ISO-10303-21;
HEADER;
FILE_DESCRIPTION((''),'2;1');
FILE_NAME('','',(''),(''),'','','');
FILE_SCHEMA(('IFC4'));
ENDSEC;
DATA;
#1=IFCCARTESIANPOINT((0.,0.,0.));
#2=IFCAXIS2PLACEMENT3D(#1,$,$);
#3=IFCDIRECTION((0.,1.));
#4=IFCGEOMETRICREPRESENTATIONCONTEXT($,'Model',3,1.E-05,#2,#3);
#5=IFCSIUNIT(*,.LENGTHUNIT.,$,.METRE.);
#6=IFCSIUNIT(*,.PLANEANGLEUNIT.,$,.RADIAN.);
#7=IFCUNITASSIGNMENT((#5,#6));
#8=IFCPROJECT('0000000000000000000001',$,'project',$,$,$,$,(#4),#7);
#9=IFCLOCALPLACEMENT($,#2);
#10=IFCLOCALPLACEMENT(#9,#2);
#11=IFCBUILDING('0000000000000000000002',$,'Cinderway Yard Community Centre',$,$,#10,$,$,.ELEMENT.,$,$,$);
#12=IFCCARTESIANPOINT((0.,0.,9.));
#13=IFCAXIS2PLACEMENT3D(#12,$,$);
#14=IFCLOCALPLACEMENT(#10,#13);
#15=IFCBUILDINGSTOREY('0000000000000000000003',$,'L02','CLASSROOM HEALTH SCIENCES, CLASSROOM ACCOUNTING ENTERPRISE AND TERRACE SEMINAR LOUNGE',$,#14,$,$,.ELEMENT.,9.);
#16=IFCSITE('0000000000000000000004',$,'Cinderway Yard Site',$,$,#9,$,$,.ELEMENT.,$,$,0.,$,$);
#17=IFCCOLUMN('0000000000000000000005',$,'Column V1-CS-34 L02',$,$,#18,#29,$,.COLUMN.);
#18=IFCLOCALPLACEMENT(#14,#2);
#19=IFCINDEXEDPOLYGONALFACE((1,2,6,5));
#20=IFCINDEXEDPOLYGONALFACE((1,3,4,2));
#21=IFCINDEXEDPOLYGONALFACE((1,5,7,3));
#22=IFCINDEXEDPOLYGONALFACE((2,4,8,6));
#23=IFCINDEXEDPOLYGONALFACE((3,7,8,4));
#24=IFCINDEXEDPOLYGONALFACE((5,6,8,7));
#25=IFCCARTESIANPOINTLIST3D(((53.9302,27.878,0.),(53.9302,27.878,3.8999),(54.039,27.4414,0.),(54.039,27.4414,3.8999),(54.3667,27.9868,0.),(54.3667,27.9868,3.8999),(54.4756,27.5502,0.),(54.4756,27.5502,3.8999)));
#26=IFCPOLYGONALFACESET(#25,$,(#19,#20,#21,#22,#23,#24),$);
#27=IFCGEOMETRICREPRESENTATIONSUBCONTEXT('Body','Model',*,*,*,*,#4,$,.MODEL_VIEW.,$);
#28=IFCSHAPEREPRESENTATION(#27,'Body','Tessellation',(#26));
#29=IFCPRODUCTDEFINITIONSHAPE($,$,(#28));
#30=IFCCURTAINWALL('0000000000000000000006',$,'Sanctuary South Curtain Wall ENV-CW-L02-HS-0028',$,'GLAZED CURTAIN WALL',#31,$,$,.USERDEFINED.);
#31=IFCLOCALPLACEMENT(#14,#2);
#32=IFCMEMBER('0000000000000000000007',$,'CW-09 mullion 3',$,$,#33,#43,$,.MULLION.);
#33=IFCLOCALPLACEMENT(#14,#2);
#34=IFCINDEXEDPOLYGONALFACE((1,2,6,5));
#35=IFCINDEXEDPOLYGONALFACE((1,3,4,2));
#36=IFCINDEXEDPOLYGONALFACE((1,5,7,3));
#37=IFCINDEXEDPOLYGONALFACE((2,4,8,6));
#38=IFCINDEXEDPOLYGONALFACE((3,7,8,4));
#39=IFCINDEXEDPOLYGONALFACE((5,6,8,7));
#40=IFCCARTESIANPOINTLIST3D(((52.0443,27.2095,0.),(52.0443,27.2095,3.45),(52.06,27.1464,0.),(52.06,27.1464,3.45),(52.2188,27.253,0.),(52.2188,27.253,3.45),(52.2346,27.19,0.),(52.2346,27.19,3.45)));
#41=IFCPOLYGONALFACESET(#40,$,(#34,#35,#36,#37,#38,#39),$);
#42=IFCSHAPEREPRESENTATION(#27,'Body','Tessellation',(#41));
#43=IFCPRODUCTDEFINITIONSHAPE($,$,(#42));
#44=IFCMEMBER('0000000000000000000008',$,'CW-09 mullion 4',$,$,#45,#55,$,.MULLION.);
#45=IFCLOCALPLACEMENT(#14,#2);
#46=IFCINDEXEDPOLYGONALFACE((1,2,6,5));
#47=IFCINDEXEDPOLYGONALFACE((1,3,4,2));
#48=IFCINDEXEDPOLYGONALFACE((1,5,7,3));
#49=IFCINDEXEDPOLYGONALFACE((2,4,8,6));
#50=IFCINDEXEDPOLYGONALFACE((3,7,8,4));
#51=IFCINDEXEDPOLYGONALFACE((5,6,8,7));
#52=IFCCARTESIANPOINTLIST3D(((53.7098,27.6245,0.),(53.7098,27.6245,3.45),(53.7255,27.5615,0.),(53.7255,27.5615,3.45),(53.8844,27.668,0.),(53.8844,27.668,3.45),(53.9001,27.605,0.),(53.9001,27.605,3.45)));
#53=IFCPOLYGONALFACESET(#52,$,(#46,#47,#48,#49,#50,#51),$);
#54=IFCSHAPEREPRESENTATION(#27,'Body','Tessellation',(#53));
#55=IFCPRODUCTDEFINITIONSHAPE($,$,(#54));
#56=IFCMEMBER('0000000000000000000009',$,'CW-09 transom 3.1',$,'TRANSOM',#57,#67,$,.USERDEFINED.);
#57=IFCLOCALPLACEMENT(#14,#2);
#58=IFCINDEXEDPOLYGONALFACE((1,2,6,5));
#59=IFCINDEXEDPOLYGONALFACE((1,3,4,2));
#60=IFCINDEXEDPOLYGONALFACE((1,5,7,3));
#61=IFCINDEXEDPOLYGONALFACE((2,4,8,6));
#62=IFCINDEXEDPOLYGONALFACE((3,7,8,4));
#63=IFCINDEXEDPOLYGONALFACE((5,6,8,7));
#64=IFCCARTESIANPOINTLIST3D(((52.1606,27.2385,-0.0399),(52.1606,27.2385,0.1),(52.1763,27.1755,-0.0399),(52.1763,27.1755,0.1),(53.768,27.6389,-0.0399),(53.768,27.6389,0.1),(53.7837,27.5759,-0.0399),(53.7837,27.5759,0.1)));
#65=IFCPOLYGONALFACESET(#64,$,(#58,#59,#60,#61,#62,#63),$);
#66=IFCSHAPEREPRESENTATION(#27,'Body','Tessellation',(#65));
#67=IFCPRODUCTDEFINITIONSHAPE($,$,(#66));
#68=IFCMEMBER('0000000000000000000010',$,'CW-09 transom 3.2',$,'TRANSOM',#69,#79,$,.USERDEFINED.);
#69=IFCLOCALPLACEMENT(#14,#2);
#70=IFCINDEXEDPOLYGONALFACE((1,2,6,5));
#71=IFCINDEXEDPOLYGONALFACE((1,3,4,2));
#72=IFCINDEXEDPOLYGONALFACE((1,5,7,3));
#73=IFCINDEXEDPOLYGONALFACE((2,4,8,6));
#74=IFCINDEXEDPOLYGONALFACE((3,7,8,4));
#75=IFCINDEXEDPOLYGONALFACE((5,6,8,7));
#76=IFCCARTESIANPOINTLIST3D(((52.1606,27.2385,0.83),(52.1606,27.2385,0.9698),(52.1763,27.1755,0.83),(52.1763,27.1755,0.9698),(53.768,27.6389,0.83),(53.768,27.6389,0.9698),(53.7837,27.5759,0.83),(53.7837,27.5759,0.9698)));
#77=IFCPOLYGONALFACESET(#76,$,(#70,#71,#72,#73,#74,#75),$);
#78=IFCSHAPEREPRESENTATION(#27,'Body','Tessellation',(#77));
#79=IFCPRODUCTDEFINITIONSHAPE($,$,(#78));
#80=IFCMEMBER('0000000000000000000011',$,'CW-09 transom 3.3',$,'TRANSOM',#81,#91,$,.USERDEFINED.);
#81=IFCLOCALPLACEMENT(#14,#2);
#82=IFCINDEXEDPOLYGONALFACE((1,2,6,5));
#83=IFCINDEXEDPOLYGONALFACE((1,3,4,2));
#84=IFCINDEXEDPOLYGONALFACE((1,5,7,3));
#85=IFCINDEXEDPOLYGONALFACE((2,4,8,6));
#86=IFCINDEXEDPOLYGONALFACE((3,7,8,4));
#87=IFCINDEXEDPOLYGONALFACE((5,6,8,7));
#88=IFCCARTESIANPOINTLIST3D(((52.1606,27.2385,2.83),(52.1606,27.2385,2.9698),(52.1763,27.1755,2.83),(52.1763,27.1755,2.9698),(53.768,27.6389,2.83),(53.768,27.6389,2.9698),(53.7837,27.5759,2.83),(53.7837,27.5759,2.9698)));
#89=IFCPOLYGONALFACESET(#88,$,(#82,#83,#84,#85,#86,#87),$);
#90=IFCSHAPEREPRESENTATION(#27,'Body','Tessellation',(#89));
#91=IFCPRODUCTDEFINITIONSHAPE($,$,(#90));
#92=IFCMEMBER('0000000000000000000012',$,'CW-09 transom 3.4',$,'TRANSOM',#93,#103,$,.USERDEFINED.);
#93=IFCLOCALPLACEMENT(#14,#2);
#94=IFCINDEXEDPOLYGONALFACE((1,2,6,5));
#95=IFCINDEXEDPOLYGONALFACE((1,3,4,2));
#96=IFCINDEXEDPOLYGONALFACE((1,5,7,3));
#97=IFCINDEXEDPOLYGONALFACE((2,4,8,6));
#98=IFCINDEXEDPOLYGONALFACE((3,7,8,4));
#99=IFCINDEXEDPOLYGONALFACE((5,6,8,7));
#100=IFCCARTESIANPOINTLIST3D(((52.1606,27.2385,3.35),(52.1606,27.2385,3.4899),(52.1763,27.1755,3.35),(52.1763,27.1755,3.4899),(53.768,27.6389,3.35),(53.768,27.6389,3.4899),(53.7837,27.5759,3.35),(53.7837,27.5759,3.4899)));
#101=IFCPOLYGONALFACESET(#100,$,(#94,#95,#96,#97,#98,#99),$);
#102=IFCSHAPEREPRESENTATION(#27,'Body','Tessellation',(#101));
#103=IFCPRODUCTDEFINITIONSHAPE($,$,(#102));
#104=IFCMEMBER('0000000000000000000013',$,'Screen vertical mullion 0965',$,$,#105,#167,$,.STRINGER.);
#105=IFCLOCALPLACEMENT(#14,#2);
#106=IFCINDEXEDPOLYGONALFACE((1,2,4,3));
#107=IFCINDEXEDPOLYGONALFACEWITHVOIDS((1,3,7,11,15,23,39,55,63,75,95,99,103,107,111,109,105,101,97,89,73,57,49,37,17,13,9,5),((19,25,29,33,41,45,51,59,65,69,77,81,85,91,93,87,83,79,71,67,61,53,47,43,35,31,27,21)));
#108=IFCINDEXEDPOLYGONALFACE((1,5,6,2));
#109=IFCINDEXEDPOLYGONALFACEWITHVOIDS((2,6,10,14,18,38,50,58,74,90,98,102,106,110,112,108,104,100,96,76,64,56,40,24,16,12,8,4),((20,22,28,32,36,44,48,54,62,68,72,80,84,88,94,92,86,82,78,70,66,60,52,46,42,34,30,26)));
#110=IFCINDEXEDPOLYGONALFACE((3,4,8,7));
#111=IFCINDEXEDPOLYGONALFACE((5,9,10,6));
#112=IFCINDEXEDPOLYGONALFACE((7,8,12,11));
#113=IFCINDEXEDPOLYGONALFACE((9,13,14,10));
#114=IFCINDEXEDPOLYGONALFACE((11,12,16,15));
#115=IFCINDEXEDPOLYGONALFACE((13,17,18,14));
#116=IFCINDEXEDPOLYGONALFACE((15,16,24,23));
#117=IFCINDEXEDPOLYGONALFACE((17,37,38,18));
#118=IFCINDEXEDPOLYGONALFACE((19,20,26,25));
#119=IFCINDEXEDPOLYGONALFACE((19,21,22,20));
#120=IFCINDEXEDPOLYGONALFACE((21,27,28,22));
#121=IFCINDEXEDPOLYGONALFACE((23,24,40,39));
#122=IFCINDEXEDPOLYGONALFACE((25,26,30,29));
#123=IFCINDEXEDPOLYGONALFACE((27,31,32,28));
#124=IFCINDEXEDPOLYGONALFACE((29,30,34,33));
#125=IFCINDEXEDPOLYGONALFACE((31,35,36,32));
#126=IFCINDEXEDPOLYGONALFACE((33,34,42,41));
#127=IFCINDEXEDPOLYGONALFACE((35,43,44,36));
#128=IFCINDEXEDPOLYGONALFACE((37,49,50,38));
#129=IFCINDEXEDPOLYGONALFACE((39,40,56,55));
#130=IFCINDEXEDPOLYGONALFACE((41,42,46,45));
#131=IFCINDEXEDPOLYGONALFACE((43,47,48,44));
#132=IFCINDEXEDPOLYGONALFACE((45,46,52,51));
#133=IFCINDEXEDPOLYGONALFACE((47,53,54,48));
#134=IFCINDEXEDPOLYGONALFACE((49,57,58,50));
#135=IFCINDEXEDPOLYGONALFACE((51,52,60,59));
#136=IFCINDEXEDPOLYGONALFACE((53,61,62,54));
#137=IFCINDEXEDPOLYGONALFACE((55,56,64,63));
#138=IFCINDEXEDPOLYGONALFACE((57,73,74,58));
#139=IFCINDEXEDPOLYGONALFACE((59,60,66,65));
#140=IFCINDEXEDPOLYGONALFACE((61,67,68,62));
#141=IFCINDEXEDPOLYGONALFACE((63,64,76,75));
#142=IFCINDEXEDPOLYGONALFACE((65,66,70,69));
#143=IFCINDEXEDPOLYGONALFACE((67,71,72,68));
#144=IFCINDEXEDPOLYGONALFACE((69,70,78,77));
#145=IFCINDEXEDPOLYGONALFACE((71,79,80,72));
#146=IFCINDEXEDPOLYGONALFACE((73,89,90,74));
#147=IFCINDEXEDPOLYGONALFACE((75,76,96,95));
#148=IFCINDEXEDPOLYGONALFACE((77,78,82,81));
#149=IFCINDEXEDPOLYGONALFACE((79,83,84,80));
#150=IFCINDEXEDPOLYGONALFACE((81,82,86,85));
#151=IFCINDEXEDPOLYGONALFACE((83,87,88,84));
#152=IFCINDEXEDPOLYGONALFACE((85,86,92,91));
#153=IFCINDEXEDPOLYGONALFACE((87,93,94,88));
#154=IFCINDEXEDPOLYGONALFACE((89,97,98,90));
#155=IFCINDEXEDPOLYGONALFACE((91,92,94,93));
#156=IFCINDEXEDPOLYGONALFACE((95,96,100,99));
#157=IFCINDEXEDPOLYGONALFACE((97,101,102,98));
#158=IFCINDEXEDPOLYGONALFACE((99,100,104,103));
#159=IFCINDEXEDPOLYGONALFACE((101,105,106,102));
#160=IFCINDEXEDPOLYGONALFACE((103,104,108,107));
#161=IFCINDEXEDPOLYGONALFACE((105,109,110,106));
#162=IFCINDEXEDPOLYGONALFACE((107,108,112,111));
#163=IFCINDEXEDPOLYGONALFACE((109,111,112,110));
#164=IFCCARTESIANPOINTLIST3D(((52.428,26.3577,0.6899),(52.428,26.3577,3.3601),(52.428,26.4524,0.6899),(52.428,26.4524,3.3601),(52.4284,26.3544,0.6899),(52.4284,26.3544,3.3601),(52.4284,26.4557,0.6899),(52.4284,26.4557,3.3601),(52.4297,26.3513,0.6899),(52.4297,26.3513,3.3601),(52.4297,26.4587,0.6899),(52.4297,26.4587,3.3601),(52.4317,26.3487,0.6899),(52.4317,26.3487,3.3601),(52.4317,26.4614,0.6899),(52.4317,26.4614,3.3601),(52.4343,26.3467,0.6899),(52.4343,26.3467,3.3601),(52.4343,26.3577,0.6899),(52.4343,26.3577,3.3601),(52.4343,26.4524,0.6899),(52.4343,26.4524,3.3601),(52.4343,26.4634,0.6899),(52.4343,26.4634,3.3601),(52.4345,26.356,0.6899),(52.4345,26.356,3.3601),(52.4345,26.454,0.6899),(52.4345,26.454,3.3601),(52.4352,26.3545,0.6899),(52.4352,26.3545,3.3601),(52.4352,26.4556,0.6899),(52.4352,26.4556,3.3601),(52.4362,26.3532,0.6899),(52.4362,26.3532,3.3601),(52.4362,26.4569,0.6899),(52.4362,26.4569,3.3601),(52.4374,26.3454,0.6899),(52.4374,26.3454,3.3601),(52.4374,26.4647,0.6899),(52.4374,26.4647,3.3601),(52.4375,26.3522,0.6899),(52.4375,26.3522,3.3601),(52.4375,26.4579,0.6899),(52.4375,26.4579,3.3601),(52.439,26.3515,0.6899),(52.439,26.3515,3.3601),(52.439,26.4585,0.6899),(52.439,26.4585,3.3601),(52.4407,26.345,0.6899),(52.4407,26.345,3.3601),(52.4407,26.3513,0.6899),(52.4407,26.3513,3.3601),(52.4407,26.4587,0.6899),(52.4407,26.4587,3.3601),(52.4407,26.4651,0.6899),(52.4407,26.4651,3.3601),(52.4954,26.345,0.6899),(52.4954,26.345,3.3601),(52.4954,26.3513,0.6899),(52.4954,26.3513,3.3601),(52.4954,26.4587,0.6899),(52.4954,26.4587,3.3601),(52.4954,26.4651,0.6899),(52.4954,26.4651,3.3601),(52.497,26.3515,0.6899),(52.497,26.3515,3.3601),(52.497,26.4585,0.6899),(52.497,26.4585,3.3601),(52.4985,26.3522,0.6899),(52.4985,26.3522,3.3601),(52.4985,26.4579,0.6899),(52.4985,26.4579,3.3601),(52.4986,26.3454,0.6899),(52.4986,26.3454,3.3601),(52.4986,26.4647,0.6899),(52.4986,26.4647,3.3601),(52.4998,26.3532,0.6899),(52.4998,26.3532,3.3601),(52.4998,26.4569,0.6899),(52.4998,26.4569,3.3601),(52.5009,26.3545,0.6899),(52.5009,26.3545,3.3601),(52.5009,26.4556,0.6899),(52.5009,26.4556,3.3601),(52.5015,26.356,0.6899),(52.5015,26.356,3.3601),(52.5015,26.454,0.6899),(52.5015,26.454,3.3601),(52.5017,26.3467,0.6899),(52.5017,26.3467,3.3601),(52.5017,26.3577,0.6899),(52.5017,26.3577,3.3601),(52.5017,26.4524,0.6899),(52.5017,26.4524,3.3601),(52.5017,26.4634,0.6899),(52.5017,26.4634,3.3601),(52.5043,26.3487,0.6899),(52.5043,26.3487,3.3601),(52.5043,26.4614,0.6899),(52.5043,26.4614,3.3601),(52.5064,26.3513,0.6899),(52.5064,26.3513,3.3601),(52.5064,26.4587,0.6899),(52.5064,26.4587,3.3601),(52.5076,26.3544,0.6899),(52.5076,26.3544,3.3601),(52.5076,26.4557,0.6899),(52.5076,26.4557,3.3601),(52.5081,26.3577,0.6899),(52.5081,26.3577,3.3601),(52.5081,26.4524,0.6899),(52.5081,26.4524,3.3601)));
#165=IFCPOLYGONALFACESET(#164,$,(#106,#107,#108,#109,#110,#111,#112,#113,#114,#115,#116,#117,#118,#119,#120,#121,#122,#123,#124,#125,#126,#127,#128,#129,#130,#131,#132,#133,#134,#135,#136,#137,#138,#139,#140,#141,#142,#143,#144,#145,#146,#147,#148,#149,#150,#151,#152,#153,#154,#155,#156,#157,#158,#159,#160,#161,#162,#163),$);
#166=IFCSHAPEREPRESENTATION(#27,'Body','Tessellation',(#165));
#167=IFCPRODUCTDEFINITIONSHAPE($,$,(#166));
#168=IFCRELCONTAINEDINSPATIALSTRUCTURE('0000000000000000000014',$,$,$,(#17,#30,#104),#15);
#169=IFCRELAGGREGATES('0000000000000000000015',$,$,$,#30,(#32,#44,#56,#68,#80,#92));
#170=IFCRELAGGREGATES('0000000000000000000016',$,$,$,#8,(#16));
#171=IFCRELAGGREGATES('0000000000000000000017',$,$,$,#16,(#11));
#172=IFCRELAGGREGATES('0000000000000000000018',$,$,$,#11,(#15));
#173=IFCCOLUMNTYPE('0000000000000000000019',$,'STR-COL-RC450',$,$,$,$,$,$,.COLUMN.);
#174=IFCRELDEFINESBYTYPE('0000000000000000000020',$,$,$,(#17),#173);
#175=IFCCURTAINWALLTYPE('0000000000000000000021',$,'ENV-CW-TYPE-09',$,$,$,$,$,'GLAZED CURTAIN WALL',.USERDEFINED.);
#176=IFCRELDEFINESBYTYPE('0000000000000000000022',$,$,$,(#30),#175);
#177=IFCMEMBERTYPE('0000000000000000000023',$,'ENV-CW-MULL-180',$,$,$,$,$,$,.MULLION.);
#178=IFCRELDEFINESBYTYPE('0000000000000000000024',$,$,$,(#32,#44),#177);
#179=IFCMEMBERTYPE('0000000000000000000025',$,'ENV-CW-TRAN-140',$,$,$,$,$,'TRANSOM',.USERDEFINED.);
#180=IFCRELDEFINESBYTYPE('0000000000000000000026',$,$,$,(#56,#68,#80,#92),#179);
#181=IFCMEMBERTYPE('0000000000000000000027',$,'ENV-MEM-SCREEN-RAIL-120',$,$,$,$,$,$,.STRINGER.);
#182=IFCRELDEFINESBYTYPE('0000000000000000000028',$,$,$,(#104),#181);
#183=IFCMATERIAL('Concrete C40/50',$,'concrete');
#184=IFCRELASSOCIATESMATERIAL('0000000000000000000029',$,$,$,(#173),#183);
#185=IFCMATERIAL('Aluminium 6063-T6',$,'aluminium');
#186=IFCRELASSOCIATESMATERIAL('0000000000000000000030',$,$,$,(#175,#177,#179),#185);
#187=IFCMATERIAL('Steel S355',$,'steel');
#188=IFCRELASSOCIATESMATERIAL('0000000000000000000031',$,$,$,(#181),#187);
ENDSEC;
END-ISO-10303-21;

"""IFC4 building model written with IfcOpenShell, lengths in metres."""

from ifc_helpers import new_model, si_unit, direction, frame, origin, origin_2d, place, context, subcontext, project, spatial, rectangle, hollow_rectangle, extrude, material, material_profile, profile_set, type_object, element, aggregate, save


model = new_model("IFC4")

# Units and contexts
model_context = context("Model", 3, precision=1e-05, world=origin(), true_north=direction((0.0, 1.0)))
body_context = subcontext(model_context, "Body", "Model", "MODEL_VIEW")
ifc_project = project(units=[si_unit("LENGTHUNIT", "METRE"), si_unit("PLANEANGLEUNIT", "RADIAN")], contexts=[model_context])

# Site, building, storey
site_placement = place(None, origin())
site = spatial("IfcSite", under=ifc_project, at=site_placement, Name="Cinderway Yard Site", CompositionType="ELEMENT", RefElevation=0.0)
building_placement = place(site_placement, origin())
building = spatial("IfcBuilding", under=site, at=building_placement, Name="Cinderway Yard Community Centre", CompositionType="ELEMENT")
storey_placement = place(building_placement, frame((0.0, 0.0, 9.0)))
storey = spatial("IfcBuildingStorey", under=building, at=storey_placement, Name="L02", Description="CLASSROOM HEALTH SCIENCES, CLASSROOM ACCOUNTING ENTERPRISE AND TERRACE SEMINAR LOUNGE", CompositionType="ELEMENT", Elevation=9.0)

# Column
ifc_material_1 = material(Name="Concrete C40/50", Category="concrete")
ifc_material_profile_1 = material_profile(ifc_material_1, rectangle(XDim=0.45, YDim=0.45, at=origin_2d()), Name="Concrete C40/50")
ifc_profile_set_1 = profile_set([ifc_material_profile_1], Name="Concrete C40/50")
column_type = type_object("IfcColumnType", Name="STR-COL-RC450", PredefinedType="COLUMN", material=ifc_profile_set_1)
column_placement = place(storey_placement, frame((54.2029, 27.7141, 0.0), z_axis=(0.0, 0.0, 1.0), x_axis=(0.970296, 0.241922, 0.0)))
element("IfcColumn", 1, at=column_placement, inside=storey, type_object=column_type, Name="Column V1-CS-34 L02", PredefinedType="COLUMN", context=body_context, shape_type="SweptSolid", body=[
    extrude(rectangle(XDim=0.45, YDim=0.45, at=origin_2d()), origin(), (0.0, 0.0, 1.0), 3.8999),
])

# Curtain wall, members
ifc_material_2 = material(Name="Aluminium 6063-T6", Category="aluminium")
curtain_wall_type = type_object("IfcCurtainWallType", Name="ENV-CW-TYPE-09", ElementType="GLAZED CURTAIN WALL", PredefinedType="USERDEFINED", material=ifc_material_2)
curtain_wall_placement = place(storey_placement, origin())
curtain_wall = element("IfcCurtainWall", 2, at=curtain_wall_placement, inside=storey, type_object=curtain_wall_type, Name="Sanctuary South Curtain Wall ENV-CW-L02-HS-0028", ObjectType="GLAZED CURTAIN WALL", PredefinedType="USERDEFINED")
ifc_material_profile_2 = material_profile(ifc_material_2, rectangle(XDim=0.0649, YDim=0.1799, at=origin_2d()), Name="Aluminium 6063-T6")
ifc_profile_set_2 = profile_set([ifc_material_profile_2], Name="Aluminium 6063-T6")
member_type_1 = type_object("IfcMemberType", Name="ENV-CW-MULL-180", PredefinedType="MULLION", material=ifc_profile_set_2)
member_1_placement = place(storey_placement, frame((52.1394, 27.1997, 0.0), z_axis=(0.0, 0.0, 1.0), x_axis=(-0.241817, 0.970322, 0.0)))
member_1 = element("IfcMember", 3, at=member_1_placement, type_object=member_type_1, Name="CW-09 mullion 3", PredefinedType="MULLION", context=body_context, shape_type="SweptSolid", body=[
    extrude(rectangle(XDim=0.0649, YDim=0.1799, at=origin_2d()), origin(), (0.0, 0.0, 1.0), 3.45),
])
member_2_placement = place(storey_placement, frame((53.8049, 27.6147, 0.0), z_axis=(0.0, 0.0, 1.0), x_axis=(-0.241817, 0.970322, 0.0)))
member_2 = element("IfcMember", 4, at=member_2_placement, type_object=member_type_1, Name="CW-09 mullion 4", PredefinedType="MULLION", context=body_context, shape_type="SweptSolid", body=[
    extrude(rectangle(XDim=0.0649, YDim=0.1799, at=origin_2d()), origin(), (0.0, 0.0, 1.0), 3.45),
])
ifc_material_profile_3 = material_profile(ifc_material_2, rectangle(XDim=0.0649, YDim=0.1399, at=origin_2d()), Name="Aluminium 6063-T6")
ifc_profile_set_3 = profile_set([ifc_material_profile_3], Name="Aluminium 6063-T6")
member_type_2 = type_object("IfcMemberType", Name="ENV-CW-TRAN-140", ElementType="TRANSOM", PredefinedType="USERDEFINED", material=ifc_profile_set_3)
member_3_placement = place(storey_placement, frame((52.1685, 27.207, 0.03), z_axis=(0.97035, 0.241703, 0.0), x_axis=(-0.241703, 0.97035, 0.0)))
member_3 = element("IfcMember", 5, at=member_3_placement, type_object=member_type_2, Name="CW-09 transom 3.1", ObjectType="TRANSOM", PredefinedType="USERDEFINED", context=body_context, shape_type="SweptSolid", body=[
    extrude(rectangle(XDim=0.0649, YDim=0.1399, at=origin_2d()), origin(), (0.0, 0.0, 1.0), 1.6565),
])
member_4_placement = place(storey_placement, frame((52.1685, 27.207, 0.8999), z_axis=(0.97035, 0.241703, 0.0), x_axis=(-0.241703, 0.97035, 0.0)))
member_4 = element("IfcMember", 6, at=member_4_placement, type_object=member_type_2, Name="CW-09 transom 3.2", ObjectType="TRANSOM", PredefinedType="USERDEFINED", context=body_context, shape_type="SweptSolid", body=[
    extrude(rectangle(XDim=0.0649, YDim=0.1399, at=origin_2d()), origin(), (0.0, 0.0, 1.0), 1.6565),
])
member_5_placement = place(storey_placement, frame((52.1685, 27.207, 2.8999), z_axis=(0.97035, 0.241703, 0.0), x_axis=(-0.241703, 0.97035, 0.0)))
member_5 = element("IfcMember", 7, at=member_5_placement, type_object=member_type_2, Name="CW-09 transom 3.3", ObjectType="TRANSOM", PredefinedType="USERDEFINED", context=body_context, shape_type="SweptSolid", body=[
    extrude(rectangle(XDim=0.0649, YDim=0.1399, at=origin_2d()), origin(), (0.0, 0.0, 1.0), 1.6565),
])
member_6_placement = place(storey_placement, frame((52.1685, 27.207, 3.4199), z_axis=(0.97035, 0.241703, 0.0), x_axis=(-0.241703, 0.97035, 0.0)))
member_6 = element("IfcMember", 8, at=member_6_placement, type_object=member_type_2, Name="CW-09 transom 3.4", ObjectType="TRANSOM", PredefinedType="USERDEFINED", context=body_context, shape_type="SweptSolid", body=[
    extrude(rectangle(XDim=0.0649, YDim=0.1399, at=origin_2d()), origin(), (0.0, 0.0, 1.0), 1.6565),
])

# Member
ifc_material_3 = material(Name="Steel S355", Category="steel")
ifc_material_profile_4 = material_profile(ifc_material_3, hollow_rectangle(XDim=0.0801, YDim=0.1201, WallThickness=0.0063, InnerFilletRadius=0.0063, OuterFilletRadius=0.0127, at=origin_2d()), Name="Steel S355")
ifc_profile_set_4 = profile_set([ifc_material_profile_4], Name="Steel S355")
member_type_3 = type_object("IfcMemberType", Name="ENV-MEM-SCREEN-RAIL-120", PredefinedType="STRINGER", material=ifc_profile_set_4)
for number, where, z_axis, x_axis, name in (
    (9, (52.468, 26.405, 0.6899), (0.0, 0.0, 1.0), (1.0, 0.0, 0.0), "Screen vertical mullion 0965"),
):
    element("IfcMember", number, at=place(storey_placement, frame(where, z_axis=z_axis, x_axis=x_axis)), inside=storey, type_object=member_type_3, Name=name, PredefinedType="STRINGER", context=body_context, shape_type="SweptSolid", body=[
        extrude(hollow_rectangle(XDim=0.0801, YDim=0.1201, WallThickness=0.0063, InnerFilletRadius=0.0063, OuterFilletRadius=0.0127, at=origin_2d()), origin(), (0.0, 0.0, 1.0), 2.6702),
    ])

aggregate(curtain_wall, [member_1, member_2, member_3, member_4, member_5, member_6])

save(model, "model.ifc")
